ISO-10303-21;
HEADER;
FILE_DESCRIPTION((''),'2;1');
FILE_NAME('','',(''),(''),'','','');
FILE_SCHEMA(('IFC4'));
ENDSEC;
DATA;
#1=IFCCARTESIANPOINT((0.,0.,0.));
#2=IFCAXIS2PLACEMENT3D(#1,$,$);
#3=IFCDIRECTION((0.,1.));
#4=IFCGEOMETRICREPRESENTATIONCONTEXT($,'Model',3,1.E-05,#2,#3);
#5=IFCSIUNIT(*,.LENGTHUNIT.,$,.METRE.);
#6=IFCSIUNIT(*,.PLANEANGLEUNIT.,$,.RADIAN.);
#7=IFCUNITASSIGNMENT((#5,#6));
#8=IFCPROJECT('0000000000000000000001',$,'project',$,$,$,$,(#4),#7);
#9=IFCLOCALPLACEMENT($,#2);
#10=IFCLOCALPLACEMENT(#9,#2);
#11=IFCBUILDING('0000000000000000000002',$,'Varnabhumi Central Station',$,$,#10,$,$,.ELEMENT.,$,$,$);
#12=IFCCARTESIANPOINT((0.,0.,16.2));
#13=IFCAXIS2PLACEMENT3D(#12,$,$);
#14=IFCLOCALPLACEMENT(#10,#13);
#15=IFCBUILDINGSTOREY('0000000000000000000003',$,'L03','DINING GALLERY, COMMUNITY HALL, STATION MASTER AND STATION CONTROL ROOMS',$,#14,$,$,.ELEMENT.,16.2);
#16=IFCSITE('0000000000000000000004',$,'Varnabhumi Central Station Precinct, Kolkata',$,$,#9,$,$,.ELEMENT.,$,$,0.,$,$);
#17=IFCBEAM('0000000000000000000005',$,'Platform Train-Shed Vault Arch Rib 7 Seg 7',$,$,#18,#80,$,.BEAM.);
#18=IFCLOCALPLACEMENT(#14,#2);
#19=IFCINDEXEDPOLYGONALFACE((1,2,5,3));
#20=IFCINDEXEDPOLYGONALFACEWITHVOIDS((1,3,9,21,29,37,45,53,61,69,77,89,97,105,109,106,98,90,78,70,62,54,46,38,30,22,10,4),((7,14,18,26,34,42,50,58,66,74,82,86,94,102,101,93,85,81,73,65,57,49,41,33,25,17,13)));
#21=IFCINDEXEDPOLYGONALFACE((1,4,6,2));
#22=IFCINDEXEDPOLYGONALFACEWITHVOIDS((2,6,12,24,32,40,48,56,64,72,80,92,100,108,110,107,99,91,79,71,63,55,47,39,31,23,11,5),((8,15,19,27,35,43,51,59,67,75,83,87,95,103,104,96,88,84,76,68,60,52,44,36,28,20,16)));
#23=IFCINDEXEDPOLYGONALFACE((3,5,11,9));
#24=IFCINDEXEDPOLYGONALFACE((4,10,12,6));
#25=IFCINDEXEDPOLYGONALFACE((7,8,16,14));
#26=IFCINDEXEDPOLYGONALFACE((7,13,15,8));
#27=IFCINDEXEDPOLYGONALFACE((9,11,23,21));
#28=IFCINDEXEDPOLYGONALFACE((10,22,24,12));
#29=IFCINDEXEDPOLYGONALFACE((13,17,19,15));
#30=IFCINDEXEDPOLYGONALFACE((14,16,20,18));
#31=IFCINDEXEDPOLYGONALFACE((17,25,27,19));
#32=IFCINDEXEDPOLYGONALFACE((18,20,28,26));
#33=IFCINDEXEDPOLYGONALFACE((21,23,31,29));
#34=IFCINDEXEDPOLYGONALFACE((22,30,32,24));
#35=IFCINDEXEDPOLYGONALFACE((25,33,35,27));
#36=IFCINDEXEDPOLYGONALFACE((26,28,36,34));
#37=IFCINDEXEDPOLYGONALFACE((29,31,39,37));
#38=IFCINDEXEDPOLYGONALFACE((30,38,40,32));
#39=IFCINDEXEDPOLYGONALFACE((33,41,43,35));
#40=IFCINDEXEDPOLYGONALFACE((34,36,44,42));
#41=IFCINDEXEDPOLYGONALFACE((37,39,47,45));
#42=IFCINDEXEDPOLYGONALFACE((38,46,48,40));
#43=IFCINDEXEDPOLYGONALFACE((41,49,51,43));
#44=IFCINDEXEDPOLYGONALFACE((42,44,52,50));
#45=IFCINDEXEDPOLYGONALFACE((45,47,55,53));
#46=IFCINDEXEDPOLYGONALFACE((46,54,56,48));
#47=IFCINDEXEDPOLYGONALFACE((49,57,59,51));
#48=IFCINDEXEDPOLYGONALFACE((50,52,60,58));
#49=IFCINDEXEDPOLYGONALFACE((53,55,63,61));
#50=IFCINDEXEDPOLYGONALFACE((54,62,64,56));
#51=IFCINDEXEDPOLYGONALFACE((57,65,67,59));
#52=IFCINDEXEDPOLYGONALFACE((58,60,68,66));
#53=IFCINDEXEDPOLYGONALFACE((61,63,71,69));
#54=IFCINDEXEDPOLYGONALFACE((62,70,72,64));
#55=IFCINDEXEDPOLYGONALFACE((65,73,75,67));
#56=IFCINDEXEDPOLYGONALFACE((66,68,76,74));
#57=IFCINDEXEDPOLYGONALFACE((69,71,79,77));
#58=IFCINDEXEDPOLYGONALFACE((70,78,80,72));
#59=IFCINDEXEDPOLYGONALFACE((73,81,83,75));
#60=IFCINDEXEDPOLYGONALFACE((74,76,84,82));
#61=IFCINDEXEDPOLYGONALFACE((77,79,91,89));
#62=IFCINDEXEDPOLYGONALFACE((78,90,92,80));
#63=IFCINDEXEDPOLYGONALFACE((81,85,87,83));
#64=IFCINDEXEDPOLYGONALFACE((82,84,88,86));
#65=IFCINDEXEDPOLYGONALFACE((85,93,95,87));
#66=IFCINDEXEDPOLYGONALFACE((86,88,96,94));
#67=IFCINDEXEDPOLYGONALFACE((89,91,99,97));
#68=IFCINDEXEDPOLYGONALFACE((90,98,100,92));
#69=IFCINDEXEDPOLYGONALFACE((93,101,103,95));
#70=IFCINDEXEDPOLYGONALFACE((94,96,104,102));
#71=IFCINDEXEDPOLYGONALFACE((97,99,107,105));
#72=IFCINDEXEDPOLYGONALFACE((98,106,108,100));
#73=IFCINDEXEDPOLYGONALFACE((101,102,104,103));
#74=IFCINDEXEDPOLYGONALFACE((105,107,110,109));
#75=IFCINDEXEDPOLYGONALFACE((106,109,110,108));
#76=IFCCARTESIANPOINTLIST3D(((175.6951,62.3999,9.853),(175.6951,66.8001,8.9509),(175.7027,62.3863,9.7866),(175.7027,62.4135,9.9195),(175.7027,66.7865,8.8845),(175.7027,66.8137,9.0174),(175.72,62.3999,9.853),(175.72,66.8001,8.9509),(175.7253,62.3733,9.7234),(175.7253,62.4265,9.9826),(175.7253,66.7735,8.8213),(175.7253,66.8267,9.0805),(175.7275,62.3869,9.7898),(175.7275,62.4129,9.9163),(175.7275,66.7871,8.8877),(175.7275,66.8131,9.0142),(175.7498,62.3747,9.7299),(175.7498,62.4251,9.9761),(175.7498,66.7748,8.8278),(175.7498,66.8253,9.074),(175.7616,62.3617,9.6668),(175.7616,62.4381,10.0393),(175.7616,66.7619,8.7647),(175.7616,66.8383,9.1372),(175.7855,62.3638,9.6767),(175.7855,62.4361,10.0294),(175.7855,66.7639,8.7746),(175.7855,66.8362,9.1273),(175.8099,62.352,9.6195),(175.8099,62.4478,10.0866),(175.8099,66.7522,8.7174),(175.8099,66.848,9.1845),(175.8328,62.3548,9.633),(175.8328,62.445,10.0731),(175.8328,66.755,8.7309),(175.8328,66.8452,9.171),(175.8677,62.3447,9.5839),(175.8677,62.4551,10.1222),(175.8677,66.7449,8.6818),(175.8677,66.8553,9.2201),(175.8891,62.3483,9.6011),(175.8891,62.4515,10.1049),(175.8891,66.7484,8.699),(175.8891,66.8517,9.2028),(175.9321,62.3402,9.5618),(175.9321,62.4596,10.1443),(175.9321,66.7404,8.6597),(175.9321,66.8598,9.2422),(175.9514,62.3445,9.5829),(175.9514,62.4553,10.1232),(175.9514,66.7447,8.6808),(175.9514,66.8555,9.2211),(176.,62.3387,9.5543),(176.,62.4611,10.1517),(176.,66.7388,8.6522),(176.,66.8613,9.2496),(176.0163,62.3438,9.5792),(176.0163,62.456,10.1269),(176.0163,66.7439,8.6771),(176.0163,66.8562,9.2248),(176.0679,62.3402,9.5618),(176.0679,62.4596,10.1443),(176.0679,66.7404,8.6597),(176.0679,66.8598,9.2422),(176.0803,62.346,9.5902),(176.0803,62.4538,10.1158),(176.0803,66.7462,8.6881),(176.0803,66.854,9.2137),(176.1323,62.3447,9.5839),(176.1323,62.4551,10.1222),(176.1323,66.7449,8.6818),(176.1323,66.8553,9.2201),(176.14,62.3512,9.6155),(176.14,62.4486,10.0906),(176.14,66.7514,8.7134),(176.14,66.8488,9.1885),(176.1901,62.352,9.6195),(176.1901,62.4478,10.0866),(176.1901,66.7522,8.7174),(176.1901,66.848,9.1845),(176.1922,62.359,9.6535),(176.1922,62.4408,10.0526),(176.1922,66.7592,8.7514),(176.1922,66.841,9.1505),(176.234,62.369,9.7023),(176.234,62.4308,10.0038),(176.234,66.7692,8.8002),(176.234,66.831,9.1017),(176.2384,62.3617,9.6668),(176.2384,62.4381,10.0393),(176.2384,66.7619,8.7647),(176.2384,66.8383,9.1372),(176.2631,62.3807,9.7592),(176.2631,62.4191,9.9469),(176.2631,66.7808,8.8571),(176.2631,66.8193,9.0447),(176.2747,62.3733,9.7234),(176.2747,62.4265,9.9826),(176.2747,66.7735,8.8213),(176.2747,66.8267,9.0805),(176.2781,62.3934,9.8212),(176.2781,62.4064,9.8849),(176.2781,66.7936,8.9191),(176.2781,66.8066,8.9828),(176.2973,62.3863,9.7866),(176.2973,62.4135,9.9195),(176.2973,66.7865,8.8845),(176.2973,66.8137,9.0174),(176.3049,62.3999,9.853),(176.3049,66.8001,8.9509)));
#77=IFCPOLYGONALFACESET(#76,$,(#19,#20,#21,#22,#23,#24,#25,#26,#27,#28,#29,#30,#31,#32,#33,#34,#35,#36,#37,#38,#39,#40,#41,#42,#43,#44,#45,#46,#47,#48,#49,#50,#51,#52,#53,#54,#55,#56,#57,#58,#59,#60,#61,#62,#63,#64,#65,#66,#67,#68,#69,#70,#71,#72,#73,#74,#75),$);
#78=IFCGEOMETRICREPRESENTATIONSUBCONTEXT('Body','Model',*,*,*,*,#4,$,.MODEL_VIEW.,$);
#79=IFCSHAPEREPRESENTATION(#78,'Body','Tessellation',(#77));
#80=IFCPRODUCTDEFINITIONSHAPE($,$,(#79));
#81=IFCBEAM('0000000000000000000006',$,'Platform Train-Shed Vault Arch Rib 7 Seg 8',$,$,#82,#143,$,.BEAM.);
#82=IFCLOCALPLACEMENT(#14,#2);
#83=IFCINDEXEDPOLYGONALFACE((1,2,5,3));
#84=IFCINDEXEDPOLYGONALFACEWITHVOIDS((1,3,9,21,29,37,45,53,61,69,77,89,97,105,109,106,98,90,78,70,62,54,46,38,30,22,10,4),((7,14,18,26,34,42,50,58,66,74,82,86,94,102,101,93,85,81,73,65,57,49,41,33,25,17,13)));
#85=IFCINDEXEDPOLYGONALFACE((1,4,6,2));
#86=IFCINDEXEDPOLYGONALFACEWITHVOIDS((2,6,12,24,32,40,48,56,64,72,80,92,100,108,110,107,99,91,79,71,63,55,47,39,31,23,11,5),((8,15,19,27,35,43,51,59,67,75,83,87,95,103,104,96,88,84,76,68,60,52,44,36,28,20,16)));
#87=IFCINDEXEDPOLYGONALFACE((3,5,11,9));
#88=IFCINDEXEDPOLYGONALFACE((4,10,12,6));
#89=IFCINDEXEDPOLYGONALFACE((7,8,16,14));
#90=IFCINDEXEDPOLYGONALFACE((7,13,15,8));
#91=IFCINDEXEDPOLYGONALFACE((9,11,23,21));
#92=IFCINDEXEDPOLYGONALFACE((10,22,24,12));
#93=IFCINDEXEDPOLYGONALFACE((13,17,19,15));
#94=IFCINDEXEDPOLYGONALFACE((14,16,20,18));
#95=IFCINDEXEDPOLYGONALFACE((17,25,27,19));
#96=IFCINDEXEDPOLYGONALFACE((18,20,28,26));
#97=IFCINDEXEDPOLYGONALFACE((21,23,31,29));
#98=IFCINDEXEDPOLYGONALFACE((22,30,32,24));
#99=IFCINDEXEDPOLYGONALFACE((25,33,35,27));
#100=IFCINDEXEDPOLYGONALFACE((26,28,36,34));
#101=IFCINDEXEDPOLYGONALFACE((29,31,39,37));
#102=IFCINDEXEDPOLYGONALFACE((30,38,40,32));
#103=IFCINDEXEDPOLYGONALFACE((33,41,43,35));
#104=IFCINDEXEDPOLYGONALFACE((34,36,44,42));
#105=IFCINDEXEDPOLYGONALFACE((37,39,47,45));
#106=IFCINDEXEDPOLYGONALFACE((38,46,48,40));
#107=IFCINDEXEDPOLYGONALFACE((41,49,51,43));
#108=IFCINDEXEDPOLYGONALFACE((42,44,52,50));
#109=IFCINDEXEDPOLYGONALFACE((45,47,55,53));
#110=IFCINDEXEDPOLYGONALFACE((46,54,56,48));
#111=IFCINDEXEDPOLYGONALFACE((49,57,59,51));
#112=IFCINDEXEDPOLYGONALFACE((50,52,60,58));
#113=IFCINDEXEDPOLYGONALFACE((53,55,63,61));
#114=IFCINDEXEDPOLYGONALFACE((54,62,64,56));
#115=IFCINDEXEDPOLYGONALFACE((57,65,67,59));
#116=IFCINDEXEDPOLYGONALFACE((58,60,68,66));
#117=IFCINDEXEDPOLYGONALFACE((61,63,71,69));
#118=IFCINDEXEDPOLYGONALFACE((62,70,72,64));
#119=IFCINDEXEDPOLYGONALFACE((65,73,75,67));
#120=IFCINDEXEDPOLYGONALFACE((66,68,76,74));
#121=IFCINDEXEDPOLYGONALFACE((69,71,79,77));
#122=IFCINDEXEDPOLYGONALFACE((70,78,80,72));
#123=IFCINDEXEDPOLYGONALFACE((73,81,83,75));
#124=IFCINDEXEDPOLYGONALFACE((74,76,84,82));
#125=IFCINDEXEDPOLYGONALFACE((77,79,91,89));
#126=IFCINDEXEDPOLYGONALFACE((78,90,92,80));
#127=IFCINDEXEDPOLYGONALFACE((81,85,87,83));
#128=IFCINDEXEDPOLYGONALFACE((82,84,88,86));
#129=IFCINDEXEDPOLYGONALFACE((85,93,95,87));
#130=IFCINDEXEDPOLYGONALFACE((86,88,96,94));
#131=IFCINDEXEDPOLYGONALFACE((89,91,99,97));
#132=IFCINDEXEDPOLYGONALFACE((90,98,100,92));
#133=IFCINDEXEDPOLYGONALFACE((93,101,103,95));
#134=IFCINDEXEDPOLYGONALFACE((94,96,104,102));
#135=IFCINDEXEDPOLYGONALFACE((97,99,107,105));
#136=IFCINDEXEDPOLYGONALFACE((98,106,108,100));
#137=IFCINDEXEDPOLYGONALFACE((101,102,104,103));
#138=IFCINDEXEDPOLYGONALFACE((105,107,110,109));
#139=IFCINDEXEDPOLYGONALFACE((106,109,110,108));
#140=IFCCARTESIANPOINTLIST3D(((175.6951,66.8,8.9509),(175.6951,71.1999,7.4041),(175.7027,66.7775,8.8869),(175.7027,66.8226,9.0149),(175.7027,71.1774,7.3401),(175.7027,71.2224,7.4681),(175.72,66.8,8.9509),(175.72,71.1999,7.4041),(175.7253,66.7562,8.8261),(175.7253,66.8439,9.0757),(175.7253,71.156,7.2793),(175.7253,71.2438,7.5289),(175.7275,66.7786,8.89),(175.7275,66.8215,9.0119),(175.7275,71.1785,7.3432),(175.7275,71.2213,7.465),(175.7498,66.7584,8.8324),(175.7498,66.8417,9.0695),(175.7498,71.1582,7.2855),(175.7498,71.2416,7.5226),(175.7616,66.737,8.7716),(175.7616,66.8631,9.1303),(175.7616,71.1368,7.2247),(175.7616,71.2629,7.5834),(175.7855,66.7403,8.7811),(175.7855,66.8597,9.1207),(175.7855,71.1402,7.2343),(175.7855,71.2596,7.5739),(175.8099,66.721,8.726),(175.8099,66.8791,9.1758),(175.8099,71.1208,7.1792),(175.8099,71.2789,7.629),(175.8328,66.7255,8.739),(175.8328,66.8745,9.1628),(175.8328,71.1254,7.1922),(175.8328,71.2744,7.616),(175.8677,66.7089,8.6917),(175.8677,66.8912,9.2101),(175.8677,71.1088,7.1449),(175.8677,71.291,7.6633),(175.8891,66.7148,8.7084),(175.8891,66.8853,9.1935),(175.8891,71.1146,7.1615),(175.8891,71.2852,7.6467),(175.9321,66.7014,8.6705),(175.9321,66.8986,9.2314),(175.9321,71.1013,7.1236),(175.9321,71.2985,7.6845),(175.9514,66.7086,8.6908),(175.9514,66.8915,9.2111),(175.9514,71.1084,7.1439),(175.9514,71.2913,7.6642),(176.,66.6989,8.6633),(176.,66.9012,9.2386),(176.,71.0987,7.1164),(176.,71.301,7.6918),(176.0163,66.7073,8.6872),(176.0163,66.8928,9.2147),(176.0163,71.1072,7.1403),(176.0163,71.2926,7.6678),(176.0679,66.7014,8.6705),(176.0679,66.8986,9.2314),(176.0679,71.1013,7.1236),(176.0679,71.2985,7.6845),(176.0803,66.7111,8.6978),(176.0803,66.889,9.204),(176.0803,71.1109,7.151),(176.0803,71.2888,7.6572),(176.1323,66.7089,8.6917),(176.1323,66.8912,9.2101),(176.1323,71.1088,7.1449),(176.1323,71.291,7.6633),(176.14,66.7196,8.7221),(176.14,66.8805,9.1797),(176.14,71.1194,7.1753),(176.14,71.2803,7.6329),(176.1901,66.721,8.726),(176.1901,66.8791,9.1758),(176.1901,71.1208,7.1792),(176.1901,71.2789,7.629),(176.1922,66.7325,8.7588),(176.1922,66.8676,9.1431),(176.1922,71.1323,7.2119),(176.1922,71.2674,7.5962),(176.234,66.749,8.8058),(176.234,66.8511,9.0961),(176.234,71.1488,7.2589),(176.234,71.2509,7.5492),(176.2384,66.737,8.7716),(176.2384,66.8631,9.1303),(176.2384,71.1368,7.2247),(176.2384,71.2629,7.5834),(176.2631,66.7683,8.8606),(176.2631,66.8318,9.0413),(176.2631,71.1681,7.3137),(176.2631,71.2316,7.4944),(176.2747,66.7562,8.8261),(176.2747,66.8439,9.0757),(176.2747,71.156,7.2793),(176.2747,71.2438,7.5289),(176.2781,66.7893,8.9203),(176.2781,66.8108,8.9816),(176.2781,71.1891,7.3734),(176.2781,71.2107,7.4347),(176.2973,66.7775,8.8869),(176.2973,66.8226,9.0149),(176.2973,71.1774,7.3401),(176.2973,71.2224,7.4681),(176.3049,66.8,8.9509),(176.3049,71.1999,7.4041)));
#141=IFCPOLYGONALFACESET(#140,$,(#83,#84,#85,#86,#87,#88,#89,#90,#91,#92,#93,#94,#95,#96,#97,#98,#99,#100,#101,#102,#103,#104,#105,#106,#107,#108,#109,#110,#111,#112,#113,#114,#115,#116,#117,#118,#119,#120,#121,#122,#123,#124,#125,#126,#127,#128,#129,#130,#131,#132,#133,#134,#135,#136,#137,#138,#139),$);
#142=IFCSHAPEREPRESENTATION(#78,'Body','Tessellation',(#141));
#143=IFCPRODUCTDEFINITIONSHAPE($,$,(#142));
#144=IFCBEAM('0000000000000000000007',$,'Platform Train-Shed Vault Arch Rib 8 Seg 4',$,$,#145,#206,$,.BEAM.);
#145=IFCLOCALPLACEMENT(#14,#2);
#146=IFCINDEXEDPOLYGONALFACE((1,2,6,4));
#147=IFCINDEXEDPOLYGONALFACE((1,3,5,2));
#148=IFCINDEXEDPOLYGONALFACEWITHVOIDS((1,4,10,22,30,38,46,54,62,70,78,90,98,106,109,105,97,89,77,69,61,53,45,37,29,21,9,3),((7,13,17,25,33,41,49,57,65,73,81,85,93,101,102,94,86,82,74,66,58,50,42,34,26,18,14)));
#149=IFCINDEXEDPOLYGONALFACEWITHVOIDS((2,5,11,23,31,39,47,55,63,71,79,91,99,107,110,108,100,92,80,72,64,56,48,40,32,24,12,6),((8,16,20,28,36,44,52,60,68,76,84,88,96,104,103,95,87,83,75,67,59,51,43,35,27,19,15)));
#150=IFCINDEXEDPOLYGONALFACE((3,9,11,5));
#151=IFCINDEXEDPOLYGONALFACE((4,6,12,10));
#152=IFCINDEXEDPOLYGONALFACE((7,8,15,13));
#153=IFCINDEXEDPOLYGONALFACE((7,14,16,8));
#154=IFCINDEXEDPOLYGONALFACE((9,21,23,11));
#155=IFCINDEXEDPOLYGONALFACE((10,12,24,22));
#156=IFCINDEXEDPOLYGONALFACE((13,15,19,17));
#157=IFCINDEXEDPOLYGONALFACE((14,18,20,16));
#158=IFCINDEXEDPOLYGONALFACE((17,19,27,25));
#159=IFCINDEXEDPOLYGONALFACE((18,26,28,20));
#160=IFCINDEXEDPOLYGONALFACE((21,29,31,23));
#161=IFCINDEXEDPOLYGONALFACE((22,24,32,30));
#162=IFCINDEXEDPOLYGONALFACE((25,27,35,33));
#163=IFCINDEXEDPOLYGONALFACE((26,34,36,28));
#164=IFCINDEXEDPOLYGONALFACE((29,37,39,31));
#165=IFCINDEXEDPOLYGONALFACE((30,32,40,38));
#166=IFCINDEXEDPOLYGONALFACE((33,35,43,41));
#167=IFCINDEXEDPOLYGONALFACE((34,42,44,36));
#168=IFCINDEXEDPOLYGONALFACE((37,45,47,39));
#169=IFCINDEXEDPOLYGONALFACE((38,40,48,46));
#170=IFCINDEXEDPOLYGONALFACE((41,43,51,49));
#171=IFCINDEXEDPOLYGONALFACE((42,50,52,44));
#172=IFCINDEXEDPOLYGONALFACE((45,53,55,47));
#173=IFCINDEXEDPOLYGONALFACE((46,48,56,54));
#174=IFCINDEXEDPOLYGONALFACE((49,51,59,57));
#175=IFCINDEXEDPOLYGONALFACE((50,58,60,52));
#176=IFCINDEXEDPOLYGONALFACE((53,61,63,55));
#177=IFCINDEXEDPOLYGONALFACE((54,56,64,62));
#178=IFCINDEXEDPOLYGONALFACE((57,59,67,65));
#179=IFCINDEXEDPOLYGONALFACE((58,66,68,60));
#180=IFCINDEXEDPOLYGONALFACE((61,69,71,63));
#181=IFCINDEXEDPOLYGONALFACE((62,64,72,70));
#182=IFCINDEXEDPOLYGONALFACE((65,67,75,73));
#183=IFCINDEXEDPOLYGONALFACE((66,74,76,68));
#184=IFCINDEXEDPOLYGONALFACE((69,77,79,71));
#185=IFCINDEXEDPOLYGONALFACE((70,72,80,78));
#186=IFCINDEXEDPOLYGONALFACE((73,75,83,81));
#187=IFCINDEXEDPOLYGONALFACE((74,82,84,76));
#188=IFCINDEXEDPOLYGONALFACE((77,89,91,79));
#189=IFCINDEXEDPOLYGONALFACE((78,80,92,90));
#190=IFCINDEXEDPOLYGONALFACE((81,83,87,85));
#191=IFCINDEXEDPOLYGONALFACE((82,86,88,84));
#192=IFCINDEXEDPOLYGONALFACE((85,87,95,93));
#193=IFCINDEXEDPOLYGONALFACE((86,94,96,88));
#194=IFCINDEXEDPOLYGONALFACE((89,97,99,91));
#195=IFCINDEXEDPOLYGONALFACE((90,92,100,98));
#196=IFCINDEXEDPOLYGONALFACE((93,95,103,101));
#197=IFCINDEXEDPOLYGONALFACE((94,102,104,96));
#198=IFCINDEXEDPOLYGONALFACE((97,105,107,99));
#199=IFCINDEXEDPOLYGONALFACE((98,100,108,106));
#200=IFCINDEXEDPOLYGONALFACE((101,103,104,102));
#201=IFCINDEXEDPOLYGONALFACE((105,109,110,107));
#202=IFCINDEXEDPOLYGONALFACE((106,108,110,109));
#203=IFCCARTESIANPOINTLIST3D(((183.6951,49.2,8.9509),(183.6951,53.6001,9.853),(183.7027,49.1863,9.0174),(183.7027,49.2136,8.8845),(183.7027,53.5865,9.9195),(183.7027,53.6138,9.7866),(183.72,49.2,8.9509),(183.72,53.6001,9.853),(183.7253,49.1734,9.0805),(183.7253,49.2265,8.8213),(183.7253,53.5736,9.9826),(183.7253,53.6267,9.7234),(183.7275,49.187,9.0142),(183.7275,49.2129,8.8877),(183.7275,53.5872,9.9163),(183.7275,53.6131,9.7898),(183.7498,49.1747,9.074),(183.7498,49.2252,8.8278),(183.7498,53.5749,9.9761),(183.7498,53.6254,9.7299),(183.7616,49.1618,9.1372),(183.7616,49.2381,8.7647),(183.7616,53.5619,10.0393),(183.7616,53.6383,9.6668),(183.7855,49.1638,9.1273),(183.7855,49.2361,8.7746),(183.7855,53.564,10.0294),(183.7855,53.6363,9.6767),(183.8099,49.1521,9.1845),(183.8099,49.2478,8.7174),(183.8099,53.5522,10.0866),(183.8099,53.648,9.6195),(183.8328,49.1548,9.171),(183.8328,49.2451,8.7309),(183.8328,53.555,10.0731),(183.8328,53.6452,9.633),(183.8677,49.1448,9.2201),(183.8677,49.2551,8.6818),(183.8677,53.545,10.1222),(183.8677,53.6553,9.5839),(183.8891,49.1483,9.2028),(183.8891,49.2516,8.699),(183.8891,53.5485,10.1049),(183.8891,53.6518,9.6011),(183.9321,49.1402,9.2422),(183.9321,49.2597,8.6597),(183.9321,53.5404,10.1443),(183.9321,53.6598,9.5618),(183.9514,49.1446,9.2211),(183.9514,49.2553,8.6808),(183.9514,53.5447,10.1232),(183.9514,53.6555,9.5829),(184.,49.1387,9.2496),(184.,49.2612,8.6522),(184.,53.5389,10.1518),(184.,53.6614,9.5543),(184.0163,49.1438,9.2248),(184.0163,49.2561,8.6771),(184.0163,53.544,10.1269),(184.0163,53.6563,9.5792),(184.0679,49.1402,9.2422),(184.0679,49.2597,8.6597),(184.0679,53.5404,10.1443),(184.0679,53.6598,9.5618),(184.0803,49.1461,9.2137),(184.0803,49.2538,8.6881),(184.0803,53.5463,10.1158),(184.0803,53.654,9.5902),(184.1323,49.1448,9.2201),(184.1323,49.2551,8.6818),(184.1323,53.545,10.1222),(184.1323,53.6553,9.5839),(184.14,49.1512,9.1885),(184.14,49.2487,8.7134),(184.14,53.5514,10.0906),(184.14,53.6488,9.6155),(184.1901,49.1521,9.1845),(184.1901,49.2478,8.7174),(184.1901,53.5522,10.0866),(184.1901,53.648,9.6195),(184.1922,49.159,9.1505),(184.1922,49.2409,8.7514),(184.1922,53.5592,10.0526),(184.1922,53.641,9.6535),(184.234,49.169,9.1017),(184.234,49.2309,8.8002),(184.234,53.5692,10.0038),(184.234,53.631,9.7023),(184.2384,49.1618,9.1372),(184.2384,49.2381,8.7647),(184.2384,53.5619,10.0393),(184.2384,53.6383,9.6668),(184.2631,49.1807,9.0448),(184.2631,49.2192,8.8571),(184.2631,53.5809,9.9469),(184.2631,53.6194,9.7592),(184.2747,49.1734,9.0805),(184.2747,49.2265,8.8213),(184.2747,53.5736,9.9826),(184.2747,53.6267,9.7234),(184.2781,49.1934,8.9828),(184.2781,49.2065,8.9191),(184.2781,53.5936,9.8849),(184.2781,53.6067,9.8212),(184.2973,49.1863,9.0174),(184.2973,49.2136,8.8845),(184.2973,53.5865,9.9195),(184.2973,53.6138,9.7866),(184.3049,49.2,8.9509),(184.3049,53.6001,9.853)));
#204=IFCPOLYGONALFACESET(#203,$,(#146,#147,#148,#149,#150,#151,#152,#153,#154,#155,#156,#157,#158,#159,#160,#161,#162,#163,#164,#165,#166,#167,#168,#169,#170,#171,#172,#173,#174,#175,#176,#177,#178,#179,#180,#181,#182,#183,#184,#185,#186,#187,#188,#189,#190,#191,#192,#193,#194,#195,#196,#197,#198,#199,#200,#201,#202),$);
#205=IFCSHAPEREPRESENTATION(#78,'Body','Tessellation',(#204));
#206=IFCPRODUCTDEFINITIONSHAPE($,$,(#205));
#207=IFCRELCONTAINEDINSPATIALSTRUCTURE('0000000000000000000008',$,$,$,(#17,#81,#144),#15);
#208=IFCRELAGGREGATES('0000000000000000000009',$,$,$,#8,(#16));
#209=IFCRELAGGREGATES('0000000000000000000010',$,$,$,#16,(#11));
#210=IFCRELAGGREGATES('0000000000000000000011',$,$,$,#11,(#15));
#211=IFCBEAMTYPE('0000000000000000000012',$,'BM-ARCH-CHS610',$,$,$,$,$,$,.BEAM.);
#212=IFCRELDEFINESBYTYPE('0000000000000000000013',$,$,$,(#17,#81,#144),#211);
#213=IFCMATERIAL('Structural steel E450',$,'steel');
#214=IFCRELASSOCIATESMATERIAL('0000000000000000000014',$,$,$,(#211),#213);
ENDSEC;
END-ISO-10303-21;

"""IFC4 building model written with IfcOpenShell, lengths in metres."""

from ifc_helpers import new_model, si_unit, direction, frame, origin, origin_2d, place, context, subcontext, project, spatial, hollow_circle, extrude, material, material_profile, profile_set, type_object, element, save


model = new_model("IFC4")

# Units and contexts
model_context = context("Model", 3, precision=1e-05, world=origin(), true_north=direction((0.0, 1.0)))
body_context = subcontext(model_context, "Body", "Model", "MODEL_VIEW")
ifc_project = project(units=[si_unit("LENGTHUNIT", "METRE"), si_unit("PLANEANGLEUNIT", "RADIAN")], contexts=[model_context])

# Site, building, storey
site_placement = place(None, origin())
site = spatial("IfcSite", under=ifc_project, at=site_placement, Name="Varnabhumi Central Station Precinct, Kolkata", CompositionType="ELEMENT", RefElevation=0.0)
building_placement = place(site_placement, origin())
building = spatial("IfcBuilding", under=site, at=building_placement, Name="Varnabhumi Central Station", CompositionType="ELEMENT")
storey_placement = place(building_placement, frame((0.0, 0.0, 16.2)))
storey = spatial("IfcBuildingStorey", under=building, at=storey_placement, Name="L03", Description="DINING GALLERY, COMMUNITY HALL, STATION MASTER AND STATION CONTROL ROOMS", CompositionType="ELEMENT", Elevation=16.2)

# Beams
ifc_material_1 = material(Name="Structural steel E450", Category="steel")
ifc_material_profile_1 = material_profile(ifc_material_1, hollow_circle(Radius=0.3049, WallThickness=0.0249, at=origin_2d()), Name="Structural steel E450", Category="steel")
ifc_profile_set_1 = profile_set([ifc_material_profile_1], Name="Structural steel E450")
beam_type_1 = type_object("IfcBeamType", Name="BM-ARCH-CHS610", PredefinedType="BEAM", material=ifc_profile_set_1)
beam_1_placement = place(storey_placement, frame((176.0, 62.3999, 9.853), z_axis=(0.0, 0.979624, -0.200838), x_axis=(-1.0, 0.0, 0.0)))
element("IfcBeam", 1, at=beam_1_placement, inside=storey, type_object=beam_type_1, Name="Platform Train-Shed Vault Arch Rib 7 Seg 7", PredefinedType="BEAM", context=body_context, shape_type="SweptSolid", body=[
    extrude(hollow_circle(Radius=0.3049, WallThickness=0.0249, at=origin_2d()), origin(), (0.0, 0.0, 1.0), 4.4917),
])
beam_2_placement = place(storey_placement, frame((176.0, 66.8, 8.9509), z_axis=(0.0, 0.943396, -0.33167), x_axis=(-1.0, 0.0, 0.0)))
element("IfcBeam", 2, at=beam_2_placement, inside=storey, type_object=beam_type_1, Name="Platform Train-Shed Vault Arch Rib 7 Seg 8", PredefinedType="BEAM", context=body_context, shape_type="SweptSolid", body=[
    extrude(hollow_circle(Radius=0.3049, WallThickness=0.0249, at=origin_2d()), origin(), (0.0, 0.0, 1.0), 4.6638),
])
beam_3_placement = place(storey_placement, frame((184.0, 49.2, 8.9509), z_axis=(0.0, 0.979624, 0.200838), x_axis=(-1.0, 0.0, 0.0)))
element("IfcBeam", 3, at=beam_3_placement, inside=storey, type_object=beam_type_1, Name="Platform Train-Shed Vault Arch Rib 8 Seg 4", PredefinedType="BEAM", context=body_context, shape_type="SweptSolid", body=[
    extrude(hollow_circle(Radius=0.3049, WallThickness=0.0249, at=origin_2d()), origin(), (0.0, 0.0, 1.0), 4.4917),
])

save(model, "model.ifc")
